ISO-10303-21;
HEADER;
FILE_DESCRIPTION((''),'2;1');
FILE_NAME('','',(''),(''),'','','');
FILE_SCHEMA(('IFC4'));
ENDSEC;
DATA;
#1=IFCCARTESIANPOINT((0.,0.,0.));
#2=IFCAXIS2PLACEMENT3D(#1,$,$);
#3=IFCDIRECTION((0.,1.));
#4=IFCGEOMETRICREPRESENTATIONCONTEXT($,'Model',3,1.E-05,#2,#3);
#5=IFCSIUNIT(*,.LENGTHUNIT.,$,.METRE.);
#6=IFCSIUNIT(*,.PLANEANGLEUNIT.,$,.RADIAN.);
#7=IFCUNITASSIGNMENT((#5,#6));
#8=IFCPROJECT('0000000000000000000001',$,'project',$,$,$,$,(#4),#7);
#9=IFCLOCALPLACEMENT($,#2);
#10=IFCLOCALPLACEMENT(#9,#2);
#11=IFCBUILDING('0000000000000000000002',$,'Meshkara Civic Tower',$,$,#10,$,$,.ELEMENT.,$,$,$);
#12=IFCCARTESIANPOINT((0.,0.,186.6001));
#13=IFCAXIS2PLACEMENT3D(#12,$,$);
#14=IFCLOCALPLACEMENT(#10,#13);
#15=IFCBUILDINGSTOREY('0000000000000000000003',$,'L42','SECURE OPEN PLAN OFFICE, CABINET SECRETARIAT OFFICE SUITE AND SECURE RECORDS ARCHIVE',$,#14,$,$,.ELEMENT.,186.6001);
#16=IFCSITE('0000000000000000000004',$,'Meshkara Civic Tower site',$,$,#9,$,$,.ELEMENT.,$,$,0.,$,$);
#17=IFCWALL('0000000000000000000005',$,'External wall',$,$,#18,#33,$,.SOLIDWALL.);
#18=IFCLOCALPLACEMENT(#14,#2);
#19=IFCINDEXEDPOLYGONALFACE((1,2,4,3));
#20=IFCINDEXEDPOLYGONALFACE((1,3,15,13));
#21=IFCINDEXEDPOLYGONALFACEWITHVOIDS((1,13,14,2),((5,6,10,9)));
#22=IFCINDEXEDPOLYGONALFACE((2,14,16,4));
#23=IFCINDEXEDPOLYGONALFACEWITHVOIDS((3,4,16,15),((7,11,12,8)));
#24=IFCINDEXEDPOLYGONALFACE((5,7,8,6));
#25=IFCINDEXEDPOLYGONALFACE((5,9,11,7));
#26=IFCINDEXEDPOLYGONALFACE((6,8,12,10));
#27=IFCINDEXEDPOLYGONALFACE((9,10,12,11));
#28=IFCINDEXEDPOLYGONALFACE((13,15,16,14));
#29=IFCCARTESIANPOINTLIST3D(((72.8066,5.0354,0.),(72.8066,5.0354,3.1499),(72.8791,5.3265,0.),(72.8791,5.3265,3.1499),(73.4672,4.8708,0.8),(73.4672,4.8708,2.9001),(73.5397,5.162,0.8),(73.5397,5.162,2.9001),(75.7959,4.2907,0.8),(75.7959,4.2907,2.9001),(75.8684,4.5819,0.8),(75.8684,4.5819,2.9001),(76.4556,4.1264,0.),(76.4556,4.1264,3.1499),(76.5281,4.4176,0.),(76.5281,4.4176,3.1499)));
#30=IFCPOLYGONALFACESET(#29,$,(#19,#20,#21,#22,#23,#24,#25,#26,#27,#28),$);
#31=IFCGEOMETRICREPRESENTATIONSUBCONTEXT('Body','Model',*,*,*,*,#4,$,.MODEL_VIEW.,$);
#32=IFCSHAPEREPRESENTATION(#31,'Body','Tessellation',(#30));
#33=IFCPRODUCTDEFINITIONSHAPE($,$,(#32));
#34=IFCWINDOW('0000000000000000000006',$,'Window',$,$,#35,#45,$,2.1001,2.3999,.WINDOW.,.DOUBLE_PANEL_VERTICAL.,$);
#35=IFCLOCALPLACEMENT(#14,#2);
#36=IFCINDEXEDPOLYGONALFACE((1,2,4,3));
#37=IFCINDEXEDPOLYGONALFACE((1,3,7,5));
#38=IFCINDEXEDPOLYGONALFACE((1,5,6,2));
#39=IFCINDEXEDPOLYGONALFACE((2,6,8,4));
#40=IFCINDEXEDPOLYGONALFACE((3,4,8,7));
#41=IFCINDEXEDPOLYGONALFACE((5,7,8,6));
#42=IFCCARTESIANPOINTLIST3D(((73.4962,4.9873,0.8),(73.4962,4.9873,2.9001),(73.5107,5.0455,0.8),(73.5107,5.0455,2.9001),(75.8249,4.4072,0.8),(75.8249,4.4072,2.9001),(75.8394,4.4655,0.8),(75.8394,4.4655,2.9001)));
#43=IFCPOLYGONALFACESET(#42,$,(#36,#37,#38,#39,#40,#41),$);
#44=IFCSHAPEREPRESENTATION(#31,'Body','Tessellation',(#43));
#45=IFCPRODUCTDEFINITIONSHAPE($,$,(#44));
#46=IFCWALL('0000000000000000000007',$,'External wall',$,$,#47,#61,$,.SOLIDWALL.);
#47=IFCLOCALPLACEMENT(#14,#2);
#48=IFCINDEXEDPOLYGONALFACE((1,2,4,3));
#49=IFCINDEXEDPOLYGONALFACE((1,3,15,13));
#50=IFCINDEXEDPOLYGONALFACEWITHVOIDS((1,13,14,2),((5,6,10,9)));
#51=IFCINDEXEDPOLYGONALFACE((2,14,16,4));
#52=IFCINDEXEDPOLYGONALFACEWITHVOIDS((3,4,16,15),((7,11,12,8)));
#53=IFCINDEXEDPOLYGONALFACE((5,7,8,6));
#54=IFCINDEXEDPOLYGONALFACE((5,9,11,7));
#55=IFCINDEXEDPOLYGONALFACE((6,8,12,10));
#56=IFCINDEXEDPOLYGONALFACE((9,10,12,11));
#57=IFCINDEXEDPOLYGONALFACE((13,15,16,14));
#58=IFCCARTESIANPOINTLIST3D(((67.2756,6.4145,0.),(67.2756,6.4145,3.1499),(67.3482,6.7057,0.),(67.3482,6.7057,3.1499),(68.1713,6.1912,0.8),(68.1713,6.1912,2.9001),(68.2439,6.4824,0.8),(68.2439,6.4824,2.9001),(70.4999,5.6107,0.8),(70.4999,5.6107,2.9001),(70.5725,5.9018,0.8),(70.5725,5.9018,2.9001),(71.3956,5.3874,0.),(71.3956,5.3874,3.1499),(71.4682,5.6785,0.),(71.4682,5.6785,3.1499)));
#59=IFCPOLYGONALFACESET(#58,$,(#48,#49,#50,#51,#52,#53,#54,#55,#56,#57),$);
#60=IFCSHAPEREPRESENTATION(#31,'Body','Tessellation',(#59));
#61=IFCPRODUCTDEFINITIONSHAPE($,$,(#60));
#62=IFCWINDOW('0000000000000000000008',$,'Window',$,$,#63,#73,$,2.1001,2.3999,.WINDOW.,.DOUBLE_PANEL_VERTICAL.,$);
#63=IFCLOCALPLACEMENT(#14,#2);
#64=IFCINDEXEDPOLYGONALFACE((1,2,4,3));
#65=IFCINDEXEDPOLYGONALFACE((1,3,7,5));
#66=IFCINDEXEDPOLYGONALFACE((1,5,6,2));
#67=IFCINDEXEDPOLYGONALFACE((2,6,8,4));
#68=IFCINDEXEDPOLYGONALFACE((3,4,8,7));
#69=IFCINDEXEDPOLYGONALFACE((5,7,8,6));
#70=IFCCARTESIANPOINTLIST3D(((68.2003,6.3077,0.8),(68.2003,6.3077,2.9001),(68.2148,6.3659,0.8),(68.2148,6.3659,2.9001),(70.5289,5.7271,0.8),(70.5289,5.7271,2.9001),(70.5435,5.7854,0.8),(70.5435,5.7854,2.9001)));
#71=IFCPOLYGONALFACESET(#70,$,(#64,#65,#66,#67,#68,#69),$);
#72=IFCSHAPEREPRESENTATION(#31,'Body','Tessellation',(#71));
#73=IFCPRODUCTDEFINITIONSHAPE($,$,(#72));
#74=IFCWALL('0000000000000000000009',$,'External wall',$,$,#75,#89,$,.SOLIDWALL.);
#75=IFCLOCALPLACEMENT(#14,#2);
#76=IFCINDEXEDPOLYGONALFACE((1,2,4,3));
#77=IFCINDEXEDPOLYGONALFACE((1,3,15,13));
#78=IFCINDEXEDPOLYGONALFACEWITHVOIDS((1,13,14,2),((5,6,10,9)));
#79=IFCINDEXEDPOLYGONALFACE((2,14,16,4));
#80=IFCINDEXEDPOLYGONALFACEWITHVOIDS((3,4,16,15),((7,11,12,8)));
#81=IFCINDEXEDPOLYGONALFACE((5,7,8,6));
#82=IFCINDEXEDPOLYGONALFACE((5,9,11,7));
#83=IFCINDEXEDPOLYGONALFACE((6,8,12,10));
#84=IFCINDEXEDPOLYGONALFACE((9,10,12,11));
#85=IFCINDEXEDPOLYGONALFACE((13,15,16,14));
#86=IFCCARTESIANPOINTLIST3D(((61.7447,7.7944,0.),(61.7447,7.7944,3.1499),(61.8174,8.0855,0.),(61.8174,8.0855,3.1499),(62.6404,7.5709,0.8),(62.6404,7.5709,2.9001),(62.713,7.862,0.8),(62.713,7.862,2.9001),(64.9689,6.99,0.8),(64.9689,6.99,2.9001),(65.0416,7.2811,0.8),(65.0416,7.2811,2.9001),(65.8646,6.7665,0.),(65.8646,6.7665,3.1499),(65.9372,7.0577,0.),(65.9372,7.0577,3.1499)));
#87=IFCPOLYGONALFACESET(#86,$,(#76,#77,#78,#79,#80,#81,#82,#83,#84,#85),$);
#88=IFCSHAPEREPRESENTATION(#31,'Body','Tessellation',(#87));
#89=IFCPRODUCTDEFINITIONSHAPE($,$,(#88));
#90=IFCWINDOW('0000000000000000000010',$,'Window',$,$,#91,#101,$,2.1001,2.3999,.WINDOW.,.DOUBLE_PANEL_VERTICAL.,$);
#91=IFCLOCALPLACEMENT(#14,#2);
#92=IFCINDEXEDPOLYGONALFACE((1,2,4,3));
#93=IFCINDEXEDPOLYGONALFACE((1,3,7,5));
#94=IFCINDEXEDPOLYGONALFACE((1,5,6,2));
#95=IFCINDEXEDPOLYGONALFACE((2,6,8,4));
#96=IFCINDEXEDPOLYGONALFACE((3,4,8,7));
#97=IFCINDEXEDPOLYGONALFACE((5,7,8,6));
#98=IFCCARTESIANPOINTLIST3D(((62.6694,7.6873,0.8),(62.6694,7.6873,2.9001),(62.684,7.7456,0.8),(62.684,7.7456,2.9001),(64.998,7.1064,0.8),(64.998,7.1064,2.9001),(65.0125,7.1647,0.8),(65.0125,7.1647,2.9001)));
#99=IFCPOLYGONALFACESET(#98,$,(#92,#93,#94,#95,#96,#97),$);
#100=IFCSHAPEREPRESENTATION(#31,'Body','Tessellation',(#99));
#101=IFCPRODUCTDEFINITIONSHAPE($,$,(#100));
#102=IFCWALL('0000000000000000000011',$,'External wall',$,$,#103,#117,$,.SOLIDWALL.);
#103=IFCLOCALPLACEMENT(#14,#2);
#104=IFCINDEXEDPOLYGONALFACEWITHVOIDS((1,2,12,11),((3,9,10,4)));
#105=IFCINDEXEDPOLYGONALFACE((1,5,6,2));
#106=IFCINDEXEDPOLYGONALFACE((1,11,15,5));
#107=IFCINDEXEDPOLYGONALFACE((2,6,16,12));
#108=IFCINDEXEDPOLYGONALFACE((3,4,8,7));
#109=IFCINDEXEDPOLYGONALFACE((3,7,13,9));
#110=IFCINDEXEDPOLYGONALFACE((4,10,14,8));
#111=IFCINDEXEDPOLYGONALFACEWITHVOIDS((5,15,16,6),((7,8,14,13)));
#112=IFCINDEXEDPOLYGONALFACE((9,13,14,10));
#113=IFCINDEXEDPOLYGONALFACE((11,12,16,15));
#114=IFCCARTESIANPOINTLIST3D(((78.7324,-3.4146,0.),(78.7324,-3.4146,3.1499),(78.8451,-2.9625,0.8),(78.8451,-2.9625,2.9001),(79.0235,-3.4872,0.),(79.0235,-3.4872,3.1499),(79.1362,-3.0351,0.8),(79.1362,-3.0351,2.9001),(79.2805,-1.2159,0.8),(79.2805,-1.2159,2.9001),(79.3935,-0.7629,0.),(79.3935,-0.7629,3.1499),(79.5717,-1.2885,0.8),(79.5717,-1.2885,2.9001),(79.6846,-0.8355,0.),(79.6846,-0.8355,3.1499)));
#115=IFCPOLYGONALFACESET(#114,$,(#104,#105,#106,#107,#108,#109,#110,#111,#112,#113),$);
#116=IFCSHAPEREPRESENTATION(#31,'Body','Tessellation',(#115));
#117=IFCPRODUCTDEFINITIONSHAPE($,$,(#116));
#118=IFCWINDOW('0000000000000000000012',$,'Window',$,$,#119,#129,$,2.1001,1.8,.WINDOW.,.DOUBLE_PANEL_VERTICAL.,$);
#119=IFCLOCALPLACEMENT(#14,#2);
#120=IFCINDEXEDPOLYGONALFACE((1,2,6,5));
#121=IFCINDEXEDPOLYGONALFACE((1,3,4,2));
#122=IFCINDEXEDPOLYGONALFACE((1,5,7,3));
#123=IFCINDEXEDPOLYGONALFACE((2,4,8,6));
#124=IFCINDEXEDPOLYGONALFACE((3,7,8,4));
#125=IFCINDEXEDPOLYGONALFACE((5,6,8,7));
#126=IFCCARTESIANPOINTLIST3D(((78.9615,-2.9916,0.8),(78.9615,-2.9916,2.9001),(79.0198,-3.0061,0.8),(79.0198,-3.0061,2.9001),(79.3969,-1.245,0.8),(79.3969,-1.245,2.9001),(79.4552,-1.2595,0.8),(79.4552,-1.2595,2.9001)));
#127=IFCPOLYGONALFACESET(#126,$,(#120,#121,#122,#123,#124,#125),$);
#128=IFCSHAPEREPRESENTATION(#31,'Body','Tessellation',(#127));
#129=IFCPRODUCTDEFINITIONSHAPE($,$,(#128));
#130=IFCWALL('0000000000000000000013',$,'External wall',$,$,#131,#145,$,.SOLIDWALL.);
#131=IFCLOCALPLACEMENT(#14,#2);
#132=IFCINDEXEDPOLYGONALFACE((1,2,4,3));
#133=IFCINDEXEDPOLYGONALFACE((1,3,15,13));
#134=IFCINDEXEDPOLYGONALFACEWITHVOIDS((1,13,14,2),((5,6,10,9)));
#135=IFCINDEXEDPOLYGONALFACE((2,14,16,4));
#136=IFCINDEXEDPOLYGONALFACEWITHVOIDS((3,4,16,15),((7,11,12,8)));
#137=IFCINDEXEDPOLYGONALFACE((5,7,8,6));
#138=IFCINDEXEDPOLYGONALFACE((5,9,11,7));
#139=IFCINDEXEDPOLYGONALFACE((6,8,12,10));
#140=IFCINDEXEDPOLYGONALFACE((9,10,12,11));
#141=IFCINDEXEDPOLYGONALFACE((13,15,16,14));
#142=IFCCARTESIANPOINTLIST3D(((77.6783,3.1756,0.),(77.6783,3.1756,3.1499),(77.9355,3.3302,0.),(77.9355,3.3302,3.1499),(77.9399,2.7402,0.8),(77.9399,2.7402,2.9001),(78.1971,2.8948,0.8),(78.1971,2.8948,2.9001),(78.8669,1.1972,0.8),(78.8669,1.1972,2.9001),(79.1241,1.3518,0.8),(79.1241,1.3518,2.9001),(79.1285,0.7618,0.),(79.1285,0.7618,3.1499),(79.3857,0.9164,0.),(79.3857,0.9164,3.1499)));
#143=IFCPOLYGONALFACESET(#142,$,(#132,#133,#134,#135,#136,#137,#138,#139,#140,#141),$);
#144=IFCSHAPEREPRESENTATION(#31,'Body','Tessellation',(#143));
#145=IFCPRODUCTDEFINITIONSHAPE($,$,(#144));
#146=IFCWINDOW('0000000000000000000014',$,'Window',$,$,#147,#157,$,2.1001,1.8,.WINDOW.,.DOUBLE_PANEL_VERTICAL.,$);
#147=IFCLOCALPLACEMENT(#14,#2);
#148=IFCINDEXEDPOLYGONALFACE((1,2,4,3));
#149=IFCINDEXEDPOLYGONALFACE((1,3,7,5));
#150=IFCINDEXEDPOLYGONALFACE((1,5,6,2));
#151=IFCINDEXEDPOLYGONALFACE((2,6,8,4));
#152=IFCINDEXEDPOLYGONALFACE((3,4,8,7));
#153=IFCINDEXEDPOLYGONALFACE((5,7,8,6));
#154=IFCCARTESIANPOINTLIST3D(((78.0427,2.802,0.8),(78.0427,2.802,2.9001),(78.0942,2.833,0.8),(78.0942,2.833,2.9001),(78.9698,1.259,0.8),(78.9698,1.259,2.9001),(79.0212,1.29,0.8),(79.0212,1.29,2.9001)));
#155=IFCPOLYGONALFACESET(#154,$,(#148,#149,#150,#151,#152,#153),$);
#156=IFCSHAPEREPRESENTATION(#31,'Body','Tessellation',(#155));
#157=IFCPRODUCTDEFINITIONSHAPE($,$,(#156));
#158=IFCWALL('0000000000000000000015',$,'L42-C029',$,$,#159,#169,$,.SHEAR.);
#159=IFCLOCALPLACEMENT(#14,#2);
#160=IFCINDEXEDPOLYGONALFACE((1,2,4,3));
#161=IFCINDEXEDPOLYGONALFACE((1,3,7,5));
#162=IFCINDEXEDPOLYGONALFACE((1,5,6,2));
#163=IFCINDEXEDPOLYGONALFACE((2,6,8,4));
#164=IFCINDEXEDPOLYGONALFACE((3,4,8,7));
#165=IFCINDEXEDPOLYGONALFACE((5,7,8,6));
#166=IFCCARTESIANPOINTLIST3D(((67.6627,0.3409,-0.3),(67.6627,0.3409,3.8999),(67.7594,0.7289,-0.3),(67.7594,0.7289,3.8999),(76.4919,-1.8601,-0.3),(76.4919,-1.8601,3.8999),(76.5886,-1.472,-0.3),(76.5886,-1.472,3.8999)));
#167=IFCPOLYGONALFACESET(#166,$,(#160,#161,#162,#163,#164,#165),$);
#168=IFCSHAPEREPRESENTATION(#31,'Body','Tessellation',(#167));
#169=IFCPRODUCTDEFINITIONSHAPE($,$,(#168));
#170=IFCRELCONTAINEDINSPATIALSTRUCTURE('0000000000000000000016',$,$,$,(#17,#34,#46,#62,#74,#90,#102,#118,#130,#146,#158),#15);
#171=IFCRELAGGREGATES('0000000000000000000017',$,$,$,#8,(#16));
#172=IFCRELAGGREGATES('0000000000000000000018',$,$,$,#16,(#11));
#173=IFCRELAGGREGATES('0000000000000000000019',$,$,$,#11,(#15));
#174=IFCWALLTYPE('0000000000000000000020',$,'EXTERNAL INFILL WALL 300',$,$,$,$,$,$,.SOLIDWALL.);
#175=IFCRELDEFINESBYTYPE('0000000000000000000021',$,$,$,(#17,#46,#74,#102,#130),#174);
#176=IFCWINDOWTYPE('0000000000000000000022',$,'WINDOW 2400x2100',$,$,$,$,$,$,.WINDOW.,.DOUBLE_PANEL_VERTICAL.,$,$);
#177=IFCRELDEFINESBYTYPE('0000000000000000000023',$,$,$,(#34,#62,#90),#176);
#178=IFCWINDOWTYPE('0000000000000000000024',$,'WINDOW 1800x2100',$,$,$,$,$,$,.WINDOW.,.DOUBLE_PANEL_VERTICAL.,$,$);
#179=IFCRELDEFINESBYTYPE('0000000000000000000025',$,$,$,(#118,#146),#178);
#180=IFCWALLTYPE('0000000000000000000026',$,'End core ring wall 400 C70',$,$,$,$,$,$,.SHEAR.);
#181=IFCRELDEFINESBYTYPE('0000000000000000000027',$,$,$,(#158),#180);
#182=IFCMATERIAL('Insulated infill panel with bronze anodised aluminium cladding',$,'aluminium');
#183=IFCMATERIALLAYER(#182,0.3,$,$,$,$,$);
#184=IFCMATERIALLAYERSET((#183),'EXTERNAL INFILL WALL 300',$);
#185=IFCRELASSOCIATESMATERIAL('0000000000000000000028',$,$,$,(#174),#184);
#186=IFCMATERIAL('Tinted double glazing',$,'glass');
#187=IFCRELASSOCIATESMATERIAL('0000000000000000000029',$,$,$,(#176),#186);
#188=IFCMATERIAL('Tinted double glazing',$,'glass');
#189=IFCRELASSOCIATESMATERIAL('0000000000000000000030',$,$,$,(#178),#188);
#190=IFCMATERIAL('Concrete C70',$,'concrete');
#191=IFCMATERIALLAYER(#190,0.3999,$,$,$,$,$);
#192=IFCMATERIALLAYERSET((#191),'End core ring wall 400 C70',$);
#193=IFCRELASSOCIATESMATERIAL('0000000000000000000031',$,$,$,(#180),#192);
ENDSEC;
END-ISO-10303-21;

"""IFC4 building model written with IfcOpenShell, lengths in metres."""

from ifc_helpers import new_model, si_unit, direction, frame, frame_2d, origin, place, context, subcontext, project, spatial, rectangle, extrude, material, layer, layer_set, type_object, element, fill, save


model = new_model("IFC4")

# Units and contexts
model_context = context("Model", 3, precision=1e-05, world=origin(), true_north=direction((0.0, 1.0)))
body_context = subcontext(model_context, "Body", "Model", "MODEL_VIEW")
ifc_project = project(units=[si_unit("LENGTHUNIT", "METRE"), si_unit("PLANEANGLEUNIT", "RADIAN")], contexts=[model_context])

# Site, building, storey
site_placement = place(None, origin())
site = spatial("IfcSite", under=ifc_project, at=site_placement, Name="Meshkara Civic Tower site", CompositionType="ELEMENT", RefElevation=0.0)
building_placement = place(site_placement, origin())
building = spatial("IfcBuilding", under=site, at=building_placement, Name="Meshkara Civic Tower", CompositionType="ELEMENT")
storey_placement = place(building_placement, frame((0.0, 0.0, 186.6001)))
storey = spatial("IfcBuildingStorey", under=building, at=storey_placement, Name="L42", Description="SECURE OPEN PLAN OFFICE, CABINET SECRETARIAT OFFICE SUITE AND SECURE RECORDS ARCHIVE", CompositionType="ELEMENT", Elevation=186.6001)

# Walls, openings, windows
ifc_material_1 = material(Name="Insulated infill panel with bronze anodised aluminium cladding", Category="aluminium")
ifc_layer_1 = layer(ifc_material_1, 0.3)
ifc_layer_set_1 = layer_set([ifc_layer_1], Name="EXTERNAL INFILL WALL 300")
wall_type_1 = type_object("IfcWallType", Name="EXTERNAL INFILL WALL 300", PredefinedType="SOLIDWALL", material=ifc_layer_set_1)
wall_1_placement = place(storey_placement, frame((76.4919, 4.272, 0.0), z_axis=(0.0, 0.0, 1.0), x_axis=(-0.970348, 0.241711, 0.0)))
wall_1 = element("IfcWall", 1, at=wall_1_placement, inside=storey, type_object=wall_type_1, Name="External wall", PredefinedType="SOLIDWALL", context=body_context, shape_type="SweptSolid", body=[
    extrude(rectangle(XDim=3.7605, YDim=0.3, at=frame_2d((1.8804, 0.0))), origin(), (0.0, 0.0, 1.0), 3.1499),
])
opening_1_placement = place(wall_1_placement, frame((0.6799, 0.0, 0.8)))
opening_1 = element("IfcOpeningElement", 2, at=opening_1_placement, cuts=wall_1, PredefinedType="OPENING", context=body_context, shape_type="SweptSolid", body=[
    extrude(rectangle(XDim=2.3999, YDim=2.1001, at=frame_2d((1.2, 1.05))), frame((0.0, 0.1599, 0.0), z_axis=(0.0, -1.0, 0.0), x_axis=(1.0, 0.0, 0.0)), (0.0, 0.0, 1.0), 0.3201),
])
ifc_material_2 = material(Name="Tinted double glazing", Category="glass")
window_type_1 = type_object("IfcWindowType", Name="WINDOW 2400x2100", PartitioningType="DOUBLE_PANEL_VERTICAL", PredefinedType="WINDOW", material=ifc_material_2)
window_1_placement = place(opening_1_placement, origin())
window_1 = element("IfcWindow", 3, at=window_1_placement, inside=storey, type_object=window_type_1, Name="Window", OverallHeight=2.1001, OverallWidth=2.3999, PartitioningType="DOUBLE_PANEL_VERTICAL", PredefinedType="WINDOW", context=body_context, shape_type="SweptSolid", body=[
    extrude(rectangle(XDim=2.3999, YDim=2.1001, at=frame_2d((1.2, 1.05))), frame((0.0, 0.03, 0.0), z_axis=(0.0, -1.0, 0.0), x_axis=(1.0, 0.0, 0.0)), (0.0, 0.0, 1.0), 0.0601),
])
fill(opening_1, window_1)
wall_2_placement = place(storey_placement, frame((71.4319, 5.533, 0.0), z_axis=(0.0, 0.0, 1.0), x_axis=(-0.970301, 0.2419, 0.0)))
wall_2 = element("IfcWall", 4, at=wall_2_placement, inside=storey, type_object=wall_type_1, Name="External wall", PredefinedType="SOLIDWALL", context=body_context, shape_type="SweptSolid", body=[
    extrude(rectangle(XDim=4.2461, YDim=0.3, at=frame_2d((2.123, 0.0))), origin(), (0.0, 0.0, 1.0), 3.1499),
])
opening_2_placement = place(wall_2_placement, frame((0.9231, 0.0, 0.8)))
opening_2 = element("IfcOpeningElement", 5, at=opening_2_placement, cuts=wall_2, PredefinedType="OPENING", context=body_context, shape_type="SweptSolid", body=[
    extrude(rectangle(XDim=2.3999, YDim=2.1001, at=frame_2d((1.2, 1.05))), frame((0.0, 0.1599, 0.0), z_axis=(0.0, -1.0, 0.0), x_axis=(1.0, 0.0, 0.0)), (0.0, 0.0, 1.0), 0.3201),
])
window_2_placement = place(opening_2_placement, origin())
window_2 = element("IfcWindow", 6, at=window_2_placement, inside=storey, type_object=window_type_1, Name="Window", OverallHeight=2.1001, OverallWidth=2.3999, PartitioningType="DOUBLE_PANEL_VERTICAL", PredefinedType="WINDOW", context=body_context, shape_type="SweptSolid", body=[
    extrude(rectangle(XDim=2.3999, YDim=2.1001, at=frame_2d((1.2, 1.05))), frame((0.0, 0.03, 0.0), z_axis=(0.0, -1.0, 0.0), x_axis=(1.0, 0.0, 0.0)), (0.0, 0.0, 1.0), 0.0601),
])
fill(opening_2, window_2)
wall_3_placement = place(storey_placement, frame((65.9009, 6.9121, 0.0), z_axis=(0.0, 0.0, 1.0), x_axis=(-0.970261, 0.242062, 0.0)))
wall_3 = element("IfcWall", 7, at=wall_3_placement, inside=storey, type_object=wall_type_1, Name="External wall", PredefinedType="SOLIDWALL", context=body_context, shape_type="SweptSolid", body=[
    extrude(rectangle(XDim=4.2461, YDim=0.3, at=frame_2d((2.123, 0.0))), origin(), (0.0, 0.0, 1.0), 3.1499),
])
opening_3_placement = place(wall_3_placement, frame((0.9231, 0.0, 0.8)))
opening_3 = element("IfcOpeningElement", 8, at=opening_3_placement, cuts=wall_3, PredefinedType="OPENING", context=body_context, shape_type="SweptSolid", body=[
    extrude(rectangle(XDim=2.3999, YDim=2.1001, at=frame_2d((1.2, 1.05))), frame((0.0, 0.1599, 0.0), z_axis=(0.0, -1.0, 0.0), x_axis=(1.0, 0.0, 0.0)), (0.0, 0.0, 1.0), 0.3201),
])
window_3_placement = place(opening_3_placement, origin())
window_3 = element("IfcWindow", 9, at=window_3_placement, inside=storey, type_object=window_type_1, Name="Window", OverallHeight=2.1001, OverallWidth=2.3999, PartitioningType="DOUBLE_PANEL_VERTICAL", PredefinedType="WINDOW", context=body_context, shape_type="SweptSolid", body=[
    extrude(rectangle(XDim=2.3999, YDim=2.1001, at=frame_2d((1.2, 1.05))), frame((0.0, 0.03, 0.0), z_axis=(0.0, -1.0, 0.0), x_axis=(1.0, 0.0, 0.0)), (0.0, 0.0, 1.0), 0.0601),
])
fill(opening_3, window_3)
wall_4_placement = place(storey_placement, frame((78.8779, -3.4509, 0.0), z_axis=(0.0, 0.0, 1.0), x_axis=(0.241905, 0.9703, 0.0)))
wall_4 = element("IfcWall", 10, at=wall_4_placement, inside=storey, type_object=wall_type_1, Name="External wall", PredefinedType="SOLIDWALL", context=body_context, shape_type="SweptSolid", body=[
    extrude(rectangle(XDim=2.7329, YDim=0.3, at=frame_2d((1.3665, 0.0))), origin(), (0.0, 0.0, 1.0), 3.1499),
])
opening_4_placement = place(wall_4_placement, frame((0.4661, 0.0, 0.8)))
opening_4 = element("IfcOpeningElement", 11, at=opening_4_placement, cuts=wall_4, PredefinedType="OPENING", context=body_context, shape_type="SweptSolid", body=[
    extrude(rectangle(XDim=1.8, YDim=2.1001, at=frame_2d((0.8999, 1.05))), frame((0.0, 0.1599, 0.0), z_axis=(0.0, -1.0, 0.0), x_axis=(1.0, 0.0, 0.0)), (0.0, 0.0, 1.0), 0.3201),
])
ifc_material_3 = material(Name="Tinted double glazing", Category="glass")
window_type_2 = type_object("IfcWindowType", Name="WINDOW 1800x2100", PartitioningType="DOUBLE_PANEL_VERTICAL", PredefinedType="WINDOW", material=ifc_material_3)
window_4_placement = place(opening_4_placement, origin())
window_4 = element("IfcWindow", 12, at=window_4_placement, inside=storey, type_object=window_type_2, Name="Window", OverallHeight=2.1001, OverallWidth=1.8, PartitioningType="DOUBLE_PANEL_VERTICAL", PredefinedType="WINDOW", context=body_context, shape_type="SweptSolid", body=[
    extrude(rectangle(XDim=1.8, YDim=2.1001, at=frame_2d((0.8999, 1.05))), frame((0.0, 0.03, 0.0), z_axis=(0.0, -1.0, 0.0), x_axis=(1.0, 0.0, 0.0)), (0.0, 0.0, 1.0), 0.0601),
])
fill(opening_4, window_4)
wall_5_placement = place(storey_placement, frame((79.2571, 0.8391, 0.0), z_axis=(0.0, 0.0, 1.0), x_axis=(-0.514993, 0.857194, 0.0)))
wall_5 = element("IfcWall", 13, at=wall_5_placement, inside=storey, type_object=wall_type_1, Name="External wall", PredefinedType="SOLIDWALL", context=body_context, shape_type="SweptSolid", body=[
    extrude(rectangle(XDim=2.8159, YDim=0.3, at=frame_2d((1.408, 0.0))), origin(), (0.0, 0.0, 1.0), 3.1499),
])
opening_5_placement = place(wall_5_placement, frame((0.5081, 0.0, 0.8)))
opening_5 = element("IfcOpeningElement", 14, at=opening_5_placement, cuts=wall_5, PredefinedType="OPENING", context=body_context, shape_type="SweptSolid", body=[
    extrude(rectangle(XDim=1.8, YDim=2.1001, at=frame_2d((0.8999, 1.05))), frame((0.0, 0.1599, 0.0), z_axis=(0.0, -1.0, 0.0), x_axis=(1.0, 0.0, 0.0)), (0.0, 0.0, 1.0), 0.3201),
])
window_5_placement = place(opening_5_placement, origin())
window_5 = element("IfcWindow", 15, at=window_5_placement, inside=storey, type_object=window_type_2, Name="Window", OverallHeight=2.1001, OverallWidth=1.8, PartitioningType="DOUBLE_PANEL_VERTICAL", PredefinedType="WINDOW", context=body_context, shape_type="SweptSolid", body=[
    extrude(rectangle(XDim=1.8, YDim=2.1001, at=frame_2d((0.8999, 1.05))), frame((0.0, 0.03, 0.0), z_axis=(0.0, -1.0, 0.0), x_axis=(1.0, 0.0, 0.0)), (0.0, 0.0, 1.0), 0.0601),
])
fill(opening_5, window_5)

# Wall
ifc_material_4 = material(Name="Concrete C70", Category="concrete")
ifc_layer_2 = layer(ifc_material_4, 0.3999)
ifc_layer_set_2 = layer_set([ifc_layer_2], Name="End core ring wall 400 C70")
wall_type_2 = type_object("IfcWallType", Name="End core ring wall 400 C70", PredefinedType="SHEAR", material=ifc_layer_set_2)
wall_6_placement = place(storey_placement, frame((67.7109, 0.5349, -0.3), z_axis=(0.0, 0.0, 1.0), x_axis=(0.970306, -0.241879, 0.0)))
element("IfcWall", 16, at=wall_6_placement, inside=storey, type_object=wall_type_2, Name="L42-C029", PredefinedType="SHEAR", context=body_context, shape_type="SweptSolid", body=[
    extrude(rectangle(XDim=9.0994, YDim=0.3999, at=frame_2d((4.5498, 0.0))), origin(), (0.0, 0.0, 1.0), 4.2),
])

save(model, "model.ifc")
